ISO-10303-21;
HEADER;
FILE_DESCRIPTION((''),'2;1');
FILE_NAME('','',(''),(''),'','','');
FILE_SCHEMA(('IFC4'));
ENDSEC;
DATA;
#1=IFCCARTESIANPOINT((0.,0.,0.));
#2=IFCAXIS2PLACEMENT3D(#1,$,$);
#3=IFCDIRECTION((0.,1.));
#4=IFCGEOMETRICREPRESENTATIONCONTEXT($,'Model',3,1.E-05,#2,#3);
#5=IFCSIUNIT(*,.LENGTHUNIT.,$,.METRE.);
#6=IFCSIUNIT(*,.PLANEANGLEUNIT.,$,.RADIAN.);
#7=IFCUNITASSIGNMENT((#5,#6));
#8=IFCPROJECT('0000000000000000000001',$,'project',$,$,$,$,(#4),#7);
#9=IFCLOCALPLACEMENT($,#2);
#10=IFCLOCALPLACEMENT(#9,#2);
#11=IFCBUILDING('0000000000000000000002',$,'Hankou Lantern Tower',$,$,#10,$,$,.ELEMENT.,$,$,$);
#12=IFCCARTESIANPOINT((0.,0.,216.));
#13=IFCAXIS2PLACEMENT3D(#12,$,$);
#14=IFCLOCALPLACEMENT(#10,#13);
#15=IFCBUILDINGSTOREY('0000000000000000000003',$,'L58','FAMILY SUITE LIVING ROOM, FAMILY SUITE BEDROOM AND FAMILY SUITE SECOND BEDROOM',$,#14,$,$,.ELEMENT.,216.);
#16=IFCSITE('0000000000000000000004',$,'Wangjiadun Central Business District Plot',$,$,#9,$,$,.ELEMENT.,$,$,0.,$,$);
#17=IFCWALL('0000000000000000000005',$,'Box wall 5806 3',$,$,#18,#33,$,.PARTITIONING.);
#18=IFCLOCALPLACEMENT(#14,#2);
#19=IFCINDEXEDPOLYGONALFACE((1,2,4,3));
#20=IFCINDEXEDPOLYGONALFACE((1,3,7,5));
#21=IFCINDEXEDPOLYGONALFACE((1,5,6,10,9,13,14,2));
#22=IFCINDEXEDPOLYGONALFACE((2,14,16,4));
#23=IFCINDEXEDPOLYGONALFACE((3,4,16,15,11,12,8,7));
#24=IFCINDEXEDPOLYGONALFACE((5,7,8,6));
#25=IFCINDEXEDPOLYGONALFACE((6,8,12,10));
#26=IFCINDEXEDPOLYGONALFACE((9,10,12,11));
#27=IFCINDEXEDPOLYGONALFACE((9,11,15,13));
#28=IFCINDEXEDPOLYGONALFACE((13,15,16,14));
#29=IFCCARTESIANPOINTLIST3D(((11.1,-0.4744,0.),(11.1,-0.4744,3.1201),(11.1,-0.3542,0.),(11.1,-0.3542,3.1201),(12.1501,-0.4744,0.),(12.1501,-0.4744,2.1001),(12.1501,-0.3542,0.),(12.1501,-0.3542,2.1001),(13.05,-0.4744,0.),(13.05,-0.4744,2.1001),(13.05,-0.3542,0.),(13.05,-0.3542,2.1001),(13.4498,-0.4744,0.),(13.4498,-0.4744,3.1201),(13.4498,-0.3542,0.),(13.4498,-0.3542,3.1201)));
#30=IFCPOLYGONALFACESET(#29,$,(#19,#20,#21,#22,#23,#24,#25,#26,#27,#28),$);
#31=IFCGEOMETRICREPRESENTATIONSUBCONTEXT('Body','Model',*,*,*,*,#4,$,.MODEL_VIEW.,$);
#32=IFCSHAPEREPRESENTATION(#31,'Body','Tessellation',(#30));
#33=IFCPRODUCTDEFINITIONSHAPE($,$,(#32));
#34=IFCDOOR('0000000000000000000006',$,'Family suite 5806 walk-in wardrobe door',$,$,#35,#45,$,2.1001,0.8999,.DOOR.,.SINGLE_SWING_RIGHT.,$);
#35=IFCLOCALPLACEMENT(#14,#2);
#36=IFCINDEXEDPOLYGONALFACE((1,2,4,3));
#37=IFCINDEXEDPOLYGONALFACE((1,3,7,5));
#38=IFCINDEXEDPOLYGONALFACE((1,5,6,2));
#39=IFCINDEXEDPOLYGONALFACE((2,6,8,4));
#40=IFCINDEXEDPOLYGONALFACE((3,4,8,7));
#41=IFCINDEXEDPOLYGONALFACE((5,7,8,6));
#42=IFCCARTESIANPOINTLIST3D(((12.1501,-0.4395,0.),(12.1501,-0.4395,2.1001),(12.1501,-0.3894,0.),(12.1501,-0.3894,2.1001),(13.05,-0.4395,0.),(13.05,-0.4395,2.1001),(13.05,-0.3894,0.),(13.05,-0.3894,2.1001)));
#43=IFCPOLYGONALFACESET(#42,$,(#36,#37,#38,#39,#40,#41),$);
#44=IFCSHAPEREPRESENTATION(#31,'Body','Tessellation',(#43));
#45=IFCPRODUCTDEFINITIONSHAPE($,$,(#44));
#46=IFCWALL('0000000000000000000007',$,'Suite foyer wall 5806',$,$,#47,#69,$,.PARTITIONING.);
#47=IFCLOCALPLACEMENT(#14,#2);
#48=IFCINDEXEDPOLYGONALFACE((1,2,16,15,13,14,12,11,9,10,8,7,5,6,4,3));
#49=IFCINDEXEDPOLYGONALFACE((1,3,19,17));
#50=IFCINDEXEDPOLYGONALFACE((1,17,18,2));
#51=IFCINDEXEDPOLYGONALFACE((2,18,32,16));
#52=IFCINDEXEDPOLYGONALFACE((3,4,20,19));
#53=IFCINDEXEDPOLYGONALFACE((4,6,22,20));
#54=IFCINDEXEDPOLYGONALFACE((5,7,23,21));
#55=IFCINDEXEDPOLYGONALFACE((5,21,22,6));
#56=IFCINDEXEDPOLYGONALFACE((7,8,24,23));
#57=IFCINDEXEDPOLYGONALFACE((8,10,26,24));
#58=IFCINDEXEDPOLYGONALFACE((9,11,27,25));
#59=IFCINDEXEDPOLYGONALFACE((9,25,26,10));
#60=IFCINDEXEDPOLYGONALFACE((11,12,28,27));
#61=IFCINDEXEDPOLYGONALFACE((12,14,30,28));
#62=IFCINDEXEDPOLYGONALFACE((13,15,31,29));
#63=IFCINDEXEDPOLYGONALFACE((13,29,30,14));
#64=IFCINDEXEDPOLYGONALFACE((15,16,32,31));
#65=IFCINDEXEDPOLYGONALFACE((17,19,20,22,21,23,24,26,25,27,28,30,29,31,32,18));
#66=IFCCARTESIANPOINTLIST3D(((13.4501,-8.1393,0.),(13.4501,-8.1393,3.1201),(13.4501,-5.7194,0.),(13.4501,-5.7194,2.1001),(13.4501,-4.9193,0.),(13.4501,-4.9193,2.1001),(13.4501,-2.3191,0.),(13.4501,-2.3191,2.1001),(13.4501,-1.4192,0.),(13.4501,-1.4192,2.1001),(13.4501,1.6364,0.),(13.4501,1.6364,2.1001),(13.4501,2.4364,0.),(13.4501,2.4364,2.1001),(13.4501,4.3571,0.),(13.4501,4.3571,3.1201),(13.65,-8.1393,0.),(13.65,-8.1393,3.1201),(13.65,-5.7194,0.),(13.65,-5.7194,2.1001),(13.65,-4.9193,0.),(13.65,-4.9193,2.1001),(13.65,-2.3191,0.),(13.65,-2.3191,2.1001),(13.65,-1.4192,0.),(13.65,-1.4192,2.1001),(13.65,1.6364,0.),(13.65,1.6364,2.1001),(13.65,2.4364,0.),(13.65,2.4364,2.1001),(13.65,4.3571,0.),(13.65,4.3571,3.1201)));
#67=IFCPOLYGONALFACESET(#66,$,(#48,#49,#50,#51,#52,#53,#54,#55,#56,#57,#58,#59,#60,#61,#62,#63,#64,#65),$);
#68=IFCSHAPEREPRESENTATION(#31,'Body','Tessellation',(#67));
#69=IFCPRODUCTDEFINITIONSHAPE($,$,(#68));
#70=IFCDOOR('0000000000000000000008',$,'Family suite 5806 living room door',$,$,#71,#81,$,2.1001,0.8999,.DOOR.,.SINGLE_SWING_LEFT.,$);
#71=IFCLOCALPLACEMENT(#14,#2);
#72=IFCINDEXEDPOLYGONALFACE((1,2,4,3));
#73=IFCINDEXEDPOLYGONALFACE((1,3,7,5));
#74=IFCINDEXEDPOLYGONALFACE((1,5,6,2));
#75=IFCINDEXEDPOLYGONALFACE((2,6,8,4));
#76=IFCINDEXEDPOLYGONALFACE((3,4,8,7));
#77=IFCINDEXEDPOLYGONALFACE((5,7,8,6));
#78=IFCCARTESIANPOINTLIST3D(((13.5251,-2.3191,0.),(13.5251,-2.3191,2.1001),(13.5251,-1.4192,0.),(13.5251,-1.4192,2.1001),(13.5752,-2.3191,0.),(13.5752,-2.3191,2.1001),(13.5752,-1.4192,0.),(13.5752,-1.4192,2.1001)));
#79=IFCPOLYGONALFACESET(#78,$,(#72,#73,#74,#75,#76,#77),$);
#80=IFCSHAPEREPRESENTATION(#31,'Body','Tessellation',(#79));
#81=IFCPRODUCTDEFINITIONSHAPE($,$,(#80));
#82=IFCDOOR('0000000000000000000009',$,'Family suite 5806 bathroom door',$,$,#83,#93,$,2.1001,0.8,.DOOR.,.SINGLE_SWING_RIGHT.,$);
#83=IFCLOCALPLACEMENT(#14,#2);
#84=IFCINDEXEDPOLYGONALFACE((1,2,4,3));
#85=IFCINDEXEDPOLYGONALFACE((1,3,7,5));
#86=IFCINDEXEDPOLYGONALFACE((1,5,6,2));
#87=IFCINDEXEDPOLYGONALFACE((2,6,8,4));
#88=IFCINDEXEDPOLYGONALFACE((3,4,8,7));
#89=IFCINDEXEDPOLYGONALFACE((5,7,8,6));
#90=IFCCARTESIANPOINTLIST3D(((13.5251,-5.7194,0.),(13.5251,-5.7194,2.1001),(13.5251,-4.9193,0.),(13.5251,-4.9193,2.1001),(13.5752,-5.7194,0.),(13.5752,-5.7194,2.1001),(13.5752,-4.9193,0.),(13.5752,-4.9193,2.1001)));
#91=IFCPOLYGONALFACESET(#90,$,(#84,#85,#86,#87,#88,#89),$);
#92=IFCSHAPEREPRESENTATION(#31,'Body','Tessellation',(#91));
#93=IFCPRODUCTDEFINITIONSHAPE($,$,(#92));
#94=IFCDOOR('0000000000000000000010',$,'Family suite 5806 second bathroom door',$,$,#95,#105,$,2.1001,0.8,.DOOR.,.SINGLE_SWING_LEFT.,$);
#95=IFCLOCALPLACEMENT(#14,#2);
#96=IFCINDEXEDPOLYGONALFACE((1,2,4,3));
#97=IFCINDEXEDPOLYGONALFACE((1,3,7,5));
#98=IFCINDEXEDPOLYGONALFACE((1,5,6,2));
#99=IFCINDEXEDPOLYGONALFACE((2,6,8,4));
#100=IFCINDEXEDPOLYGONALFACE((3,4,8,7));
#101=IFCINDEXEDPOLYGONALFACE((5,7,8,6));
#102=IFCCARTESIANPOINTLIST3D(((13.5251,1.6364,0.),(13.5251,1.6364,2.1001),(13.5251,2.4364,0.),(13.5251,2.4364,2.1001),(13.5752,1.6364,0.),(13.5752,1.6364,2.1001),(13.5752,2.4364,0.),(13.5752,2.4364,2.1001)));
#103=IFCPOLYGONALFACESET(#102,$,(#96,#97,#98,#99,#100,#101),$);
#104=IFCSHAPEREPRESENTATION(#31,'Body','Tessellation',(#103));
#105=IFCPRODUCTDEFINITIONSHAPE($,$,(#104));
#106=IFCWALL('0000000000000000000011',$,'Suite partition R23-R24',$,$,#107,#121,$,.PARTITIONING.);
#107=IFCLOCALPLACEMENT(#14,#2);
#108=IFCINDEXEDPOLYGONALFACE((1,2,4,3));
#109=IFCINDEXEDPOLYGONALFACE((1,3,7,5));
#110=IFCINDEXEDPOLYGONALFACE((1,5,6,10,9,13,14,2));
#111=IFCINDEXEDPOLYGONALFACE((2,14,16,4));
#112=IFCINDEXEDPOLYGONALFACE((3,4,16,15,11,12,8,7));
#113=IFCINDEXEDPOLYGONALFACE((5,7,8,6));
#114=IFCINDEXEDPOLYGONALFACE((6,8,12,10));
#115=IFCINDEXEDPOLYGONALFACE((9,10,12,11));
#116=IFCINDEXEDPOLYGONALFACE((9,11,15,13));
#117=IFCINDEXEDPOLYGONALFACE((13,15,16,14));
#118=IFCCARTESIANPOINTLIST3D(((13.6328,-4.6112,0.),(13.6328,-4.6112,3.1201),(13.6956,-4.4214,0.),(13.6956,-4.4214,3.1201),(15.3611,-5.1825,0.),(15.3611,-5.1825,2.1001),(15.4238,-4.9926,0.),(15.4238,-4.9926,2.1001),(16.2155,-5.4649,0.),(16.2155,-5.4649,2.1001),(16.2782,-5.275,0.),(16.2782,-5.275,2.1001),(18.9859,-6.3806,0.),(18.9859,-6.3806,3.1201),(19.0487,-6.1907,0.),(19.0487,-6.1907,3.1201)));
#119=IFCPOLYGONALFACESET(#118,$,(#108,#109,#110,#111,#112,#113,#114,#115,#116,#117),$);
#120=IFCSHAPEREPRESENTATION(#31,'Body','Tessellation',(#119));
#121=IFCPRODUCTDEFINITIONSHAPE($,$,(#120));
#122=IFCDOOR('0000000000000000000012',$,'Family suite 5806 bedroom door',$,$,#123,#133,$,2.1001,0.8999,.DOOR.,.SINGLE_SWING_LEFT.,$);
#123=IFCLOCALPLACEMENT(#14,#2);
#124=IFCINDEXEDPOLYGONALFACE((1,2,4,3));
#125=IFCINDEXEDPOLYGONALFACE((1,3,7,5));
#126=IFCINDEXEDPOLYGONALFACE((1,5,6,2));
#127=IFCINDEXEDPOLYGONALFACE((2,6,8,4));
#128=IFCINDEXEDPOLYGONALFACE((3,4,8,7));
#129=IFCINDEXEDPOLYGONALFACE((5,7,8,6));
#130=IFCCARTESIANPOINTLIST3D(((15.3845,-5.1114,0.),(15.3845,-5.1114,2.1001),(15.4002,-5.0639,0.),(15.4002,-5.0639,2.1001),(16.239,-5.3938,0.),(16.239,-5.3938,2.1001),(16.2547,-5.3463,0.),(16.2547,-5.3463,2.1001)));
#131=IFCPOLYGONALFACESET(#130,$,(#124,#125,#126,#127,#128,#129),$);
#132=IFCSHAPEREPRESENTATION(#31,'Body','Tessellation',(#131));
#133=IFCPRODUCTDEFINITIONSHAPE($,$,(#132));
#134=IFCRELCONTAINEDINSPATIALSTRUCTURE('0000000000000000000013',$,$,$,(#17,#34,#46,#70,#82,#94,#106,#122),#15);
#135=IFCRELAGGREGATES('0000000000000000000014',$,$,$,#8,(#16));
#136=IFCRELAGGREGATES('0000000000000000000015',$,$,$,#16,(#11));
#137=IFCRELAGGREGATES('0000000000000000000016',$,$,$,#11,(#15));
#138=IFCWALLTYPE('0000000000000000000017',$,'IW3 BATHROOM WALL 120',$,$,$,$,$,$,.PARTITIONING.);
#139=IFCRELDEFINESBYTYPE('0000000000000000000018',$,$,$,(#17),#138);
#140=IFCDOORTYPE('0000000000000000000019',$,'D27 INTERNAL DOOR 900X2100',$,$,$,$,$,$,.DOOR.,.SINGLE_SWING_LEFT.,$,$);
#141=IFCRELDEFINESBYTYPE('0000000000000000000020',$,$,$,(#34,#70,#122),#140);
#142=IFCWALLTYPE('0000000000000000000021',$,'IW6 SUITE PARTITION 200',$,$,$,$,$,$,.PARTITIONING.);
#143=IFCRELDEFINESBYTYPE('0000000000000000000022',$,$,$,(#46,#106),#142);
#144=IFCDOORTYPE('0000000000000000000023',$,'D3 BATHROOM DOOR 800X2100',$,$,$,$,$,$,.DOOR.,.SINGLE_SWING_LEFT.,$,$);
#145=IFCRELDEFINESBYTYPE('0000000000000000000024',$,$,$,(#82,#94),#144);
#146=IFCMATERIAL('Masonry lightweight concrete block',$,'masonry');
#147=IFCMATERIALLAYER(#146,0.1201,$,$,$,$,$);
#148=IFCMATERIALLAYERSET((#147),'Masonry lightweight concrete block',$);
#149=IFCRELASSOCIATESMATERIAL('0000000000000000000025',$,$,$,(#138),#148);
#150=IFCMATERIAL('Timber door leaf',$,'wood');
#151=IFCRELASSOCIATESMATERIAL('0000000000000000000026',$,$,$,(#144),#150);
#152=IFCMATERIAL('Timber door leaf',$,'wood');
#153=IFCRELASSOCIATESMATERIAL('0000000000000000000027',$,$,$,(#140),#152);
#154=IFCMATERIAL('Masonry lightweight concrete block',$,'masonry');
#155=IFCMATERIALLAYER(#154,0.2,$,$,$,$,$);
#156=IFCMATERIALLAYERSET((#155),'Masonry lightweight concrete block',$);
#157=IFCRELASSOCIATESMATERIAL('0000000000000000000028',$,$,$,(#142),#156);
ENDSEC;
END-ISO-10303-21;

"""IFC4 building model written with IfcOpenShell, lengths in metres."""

from ifc_helpers import new_model, si_unit, direction, frame, frame_2d, origin, place, context, subcontext, project, spatial, rectangle, extrude, material, layer, layer_set, type_object, element, fill, save


model = new_model("IFC4")

# Units and contexts
model_context = context("Model", 3, precision=1e-05, world=origin(), true_north=direction((0.0, 1.0)))
body_context = subcontext(model_context, "Body", "Model", "MODEL_VIEW")
ifc_project = project(units=[si_unit("LENGTHUNIT", "METRE"), si_unit("PLANEANGLEUNIT", "RADIAN")], contexts=[model_context])

# Site, building, storey
site_placement = place(None, origin())
site = spatial("IfcSite", under=ifc_project, at=site_placement, Name="Wangjiadun Central Business District Plot", CompositionType="ELEMENT", RefElevation=0.0)
building_placement = place(site_placement, origin())
building = spatial("IfcBuilding", under=site, at=building_placement, Name="Hankou Lantern Tower", CompositionType="ELEMENT")
storey_placement = place(building_placement, frame((0.0, 0.0, 216.0)))
storey = spatial("IfcBuildingStorey", under=building, at=storey_placement, Name="L58", Description="FAMILY SUITE LIVING ROOM, FAMILY SUITE BEDROOM AND FAMILY SUITE SECOND BEDROOM", CompositionType="ELEMENT", Elevation=216.0)

# Shared definitions
ifc_material_1 = material(Name="Masonry lightweight concrete block", Category="masonry")
ifc_layer_1 = layer(ifc_material_1, 0.1201)
ifc_layer_set_1 = layer_set([ifc_layer_1], Name="Masonry lightweight concrete block")
wall_type_1 = type_object("IfcWallType", Name="IW3 BATHROOM WALL 120", PredefinedType="PARTITIONING", material=ifc_layer_set_1)

# Wall, opening, door
ifc_material_2 = material(Name="Timber door leaf", Category="wood")
door_type_1 = type_object("IfcDoorType", Name="D3 BATHROOM DOOR 800X2100", OperationType="SINGLE_SWING_LEFT", PredefinedType="DOOR", material=ifc_material_2)
wall_1_placement = place(storey_placement, frame((11.1001, -0.4143, 0.0), z_axis=(0.0, 0.0, 1.0), x_axis=(1.0, 0.0, 0.0)))
wall_1 = element("IfcWall", 1, at=wall_1_placement, inside=storey, type_object=wall_type_1, Name="Box wall 5806 3", PredefinedType="PARTITIONING", context=body_context, shape_type="SweptSolid", body=[
    extrude(rectangle(XDim=2.3499, YDim=0.1201, at=frame_2d((1.1748, 0.0))), origin(), (0.0, 0.0, 1.0), 3.1201),
])
opening_1_placement = place(wall_1_placement, frame((1.05, 0.0, 0.0)))
opening_1 = element("IfcOpeningElement", 2, at=opening_1_placement, cuts=wall_1, PredefinedType="OPENING", context=body_context, shape_type="SweptSolid", body=[
    extrude(rectangle(XDim=0.8999, YDim=2.1001, at=frame_2d((0.45, 1.05))), frame((0.0, 0.0701, 0.0), z_axis=(0.0, -1.0, 0.0), x_axis=(1.0, 0.0, 0.0)), (0.0, 0.0, 1.0), 0.1401),
])
ifc_material_3 = material(Name="Timber door leaf", Category="wood")
door_type_2 = type_object("IfcDoorType", Name="D27 INTERNAL DOOR 900X2100", OperationType="SINGLE_SWING_LEFT", PredefinedType="DOOR", material=ifc_material_3)
door_1_placement = place(opening_1_placement, origin())
door_1 = element("IfcDoor", 3, at=door_1_placement, inside=storey, type_object=door_type_2, Name="Family suite 5806 walk-in wardrobe door", OperationType="SINGLE_SWING_RIGHT", OverallHeight=2.1001, OverallWidth=0.8999, PredefinedType="DOOR", context=body_context, shape_type="SweptSolid", body=[
    extrude(rectangle(XDim=0.8999, YDim=2.1001, at=frame_2d((0.45, 1.05))), frame((0.0, 0.0249, 0.0), z_axis=(0.0, -1.0, 0.0), x_axis=(1.0, 0.0, 0.0)), (0.0, 0.0, 1.0), 0.05),
])
fill(opening_1, door_1)

# Wall, openings, doors
ifc_material_4 = material(Name="Masonry lightweight concrete block", Category="masonry")
ifc_layer_2 = layer(ifc_material_4, 0.2)
ifc_layer_set_2 = layer_set([ifc_layer_2], Name="Masonry lightweight concrete block")
wall_type_2 = type_object("IfcWallType", Name="IW6 SUITE PARTITION 200", PredefinedType="PARTITIONING", material=ifc_layer_set_2)
wall_2_placement = place(storey_placement, frame((13.55, -8.1392, 0.0), z_axis=(0.0, 0.0, 1.0), x_axis=(0.0, 1.0, 0.0)))
wall_2 = element("IfcWall", 4, at=wall_2_placement, inside=storey, type_object=wall_type_2, Name="Suite foyer wall 5806", PredefinedType="PARTITIONING", context=body_context, shape_type="SweptSolid", body=[
    extrude(rectangle(XDim=12.4963, YDim=0.2, at=frame_2d((6.248, 0.0))), origin(), (0.0, 0.0, 1.0), 3.1201),
])
opening_2_placement = place(wall_2_placement, frame((2.4199, 0.0, 0.0)))
opening_2 = element("IfcOpeningElement", 5, at=opening_2_placement, cuts=wall_2, PredefinedType="OPENING", context=body_context, shape_type="SweptSolid", body=[
    extrude(rectangle(XDim=0.8, YDim=2.1001, at=frame_2d((0.3999, 1.05))), frame((0.0, 0.1099, 0.0), z_axis=(0.0, -1.0, 0.0), x_axis=(1.0, 0.0, 0.0)), (0.0, 0.0, 1.0), 0.22),
])
opening_3_placement = place(wall_2_placement, frame((9.7756, 0.0, 0.0)))
opening_3 = element("IfcOpeningElement", 6, at=opening_3_placement, cuts=wall_2, PredefinedType="OPENING", context=body_context, shape_type="SweptSolid", body=[
    extrude(rectangle(XDim=0.8, YDim=2.1001, at=frame_2d((0.3999, 1.05))), frame((0.0, 0.1099, 0.0), z_axis=(0.0, -1.0, 0.0), x_axis=(1.0, 0.0, 0.0)), (0.0, 0.0, 1.0), 0.22),
])
opening_4_placement = place(wall_2_placement, frame((5.8201, 0.0, 0.0)))
opening_4 = element("IfcOpeningElement", 7, at=opening_4_placement, cuts=wall_2, PredefinedType="OPENING", context=body_context, shape_type="SweptSolid", body=[
    extrude(rectangle(XDim=0.8999, YDim=2.1001, at=frame_2d((0.45, 1.05))), frame((0.0, 0.1099, 0.0), z_axis=(0.0, -1.0, 0.0), x_axis=(1.0, 0.0, 0.0)), (0.0, 0.0, 1.0), 0.22),
])
door_2_placement = place(opening_4_placement, origin())
door_2 = element("IfcDoor", 8, at=door_2_placement, inside=storey, type_object=door_type_2, Name="Family suite 5806 living room door", OperationType="SINGLE_SWING_LEFT", OverallHeight=2.1001, OverallWidth=0.8999, PredefinedType="DOOR", context=body_context, shape_type="SweptSolid", body=[
    extrude(rectangle(XDim=0.8999, YDim=2.1001, at=frame_2d((0.45, 1.05))), frame((0.0, 0.0249, 0.0), z_axis=(0.0, -1.0, 0.0), x_axis=(1.0, 0.0, 0.0)), (0.0, 0.0, 1.0), 0.05),
])
fill(opening_4, door_2)
door_3_placement = place(opening_2_placement, origin())
door_3 = element("IfcDoor", 9, at=door_3_placement, inside=storey, type_object=door_type_1, Name="Family suite 5806 bathroom door", OperationType="SINGLE_SWING_RIGHT", OverallHeight=2.1001, OverallWidth=0.8, PredefinedType="DOOR", context=body_context, shape_type="SweptSolid", body=[
    extrude(rectangle(XDim=0.8, YDim=2.1001, at=frame_2d((0.3999, 1.05))), frame((0.0, 0.0249, 0.0), z_axis=(0.0, -1.0, 0.0), x_axis=(1.0, 0.0, 0.0)), (0.0, 0.0, 1.0), 0.05),
])
fill(opening_2, door_3)
door_4_placement = place(opening_3_placement, origin())
door_4 = element("IfcDoor", 10, at=door_4_placement, inside=storey, type_object=door_type_1, Name="Family suite 5806 second bathroom door", OperationType="SINGLE_SWING_LEFT", OverallHeight=2.1001, OverallWidth=0.8, PredefinedType="DOOR", context=body_context, shape_type="SweptSolid", body=[
    extrude(rectangle(XDim=0.8, YDim=2.1001, at=frame_2d((0.3999, 1.05))), frame((0.0, 0.0249, 0.0), z_axis=(0.0, -1.0, 0.0), x_axis=(1.0, 0.0, 0.0)), (0.0, 0.0, 1.0), 0.05),
])
fill(opening_3, door_4)

# Wall, opening, door
wall_3_placement = place(storey_placement, frame((13.6643, -4.5164, 0.0), z_axis=(0.0, 0.0, 1.0), x_axis=(0.949481, -0.313823, 0.0)))
wall_3 = element("IfcWall", 11, at=wall_3_placement, inside=storey, type_object=wall_type_2, Name="Suite partition R23-R24", PredefinedType="PARTITIONING", context=body_context, shape_type="SweptSolid", body=[
    extrude(rectangle(XDim=5.6379, YDim=0.2, at=frame_2d((2.8188, 0.0))), origin(), (0.0, 0.0, 1.0), 3.1201),
])
opening_5_placement = place(wall_3_placement, frame((1.8201, 0.0, 0.0)))
opening_5 = element("IfcOpeningElement", 12, at=opening_5_placement, cuts=wall_3, PredefinedType="OPENING", context=body_context, shape_type="SweptSolid", body=[
    extrude(rectangle(XDim=0.8999, YDim=2.1001, at=frame_2d((0.45, 1.05))), frame((0.0, 0.1099, 0.0), z_axis=(0.0, -1.0, 0.0), x_axis=(1.0, 0.0, 0.0)), (0.0, 0.0, 1.0), 0.22),
])
door_5_placement = place(opening_5_placement, origin())
door_5 = element("IfcDoor", 13, at=door_5_placement, inside=storey, type_object=door_type_2, Name="Family suite 5806 bedroom door", OperationType="SINGLE_SWING_LEFT", OverallHeight=2.1001, OverallWidth=0.8999, PredefinedType="DOOR", context=body_context, shape_type="SweptSolid", body=[
    extrude(rectangle(XDim=0.8999, YDim=2.1001, at=frame_2d((0.45, 1.05))), frame((0.0, 0.0249, 0.0), z_axis=(0.0, -1.0, 0.0), x_axis=(1.0, 0.0, 0.0)), (0.0, 0.0, 1.0), 0.05),
])
fill(opening_5, door_5)

save(model, "model.ifc")
